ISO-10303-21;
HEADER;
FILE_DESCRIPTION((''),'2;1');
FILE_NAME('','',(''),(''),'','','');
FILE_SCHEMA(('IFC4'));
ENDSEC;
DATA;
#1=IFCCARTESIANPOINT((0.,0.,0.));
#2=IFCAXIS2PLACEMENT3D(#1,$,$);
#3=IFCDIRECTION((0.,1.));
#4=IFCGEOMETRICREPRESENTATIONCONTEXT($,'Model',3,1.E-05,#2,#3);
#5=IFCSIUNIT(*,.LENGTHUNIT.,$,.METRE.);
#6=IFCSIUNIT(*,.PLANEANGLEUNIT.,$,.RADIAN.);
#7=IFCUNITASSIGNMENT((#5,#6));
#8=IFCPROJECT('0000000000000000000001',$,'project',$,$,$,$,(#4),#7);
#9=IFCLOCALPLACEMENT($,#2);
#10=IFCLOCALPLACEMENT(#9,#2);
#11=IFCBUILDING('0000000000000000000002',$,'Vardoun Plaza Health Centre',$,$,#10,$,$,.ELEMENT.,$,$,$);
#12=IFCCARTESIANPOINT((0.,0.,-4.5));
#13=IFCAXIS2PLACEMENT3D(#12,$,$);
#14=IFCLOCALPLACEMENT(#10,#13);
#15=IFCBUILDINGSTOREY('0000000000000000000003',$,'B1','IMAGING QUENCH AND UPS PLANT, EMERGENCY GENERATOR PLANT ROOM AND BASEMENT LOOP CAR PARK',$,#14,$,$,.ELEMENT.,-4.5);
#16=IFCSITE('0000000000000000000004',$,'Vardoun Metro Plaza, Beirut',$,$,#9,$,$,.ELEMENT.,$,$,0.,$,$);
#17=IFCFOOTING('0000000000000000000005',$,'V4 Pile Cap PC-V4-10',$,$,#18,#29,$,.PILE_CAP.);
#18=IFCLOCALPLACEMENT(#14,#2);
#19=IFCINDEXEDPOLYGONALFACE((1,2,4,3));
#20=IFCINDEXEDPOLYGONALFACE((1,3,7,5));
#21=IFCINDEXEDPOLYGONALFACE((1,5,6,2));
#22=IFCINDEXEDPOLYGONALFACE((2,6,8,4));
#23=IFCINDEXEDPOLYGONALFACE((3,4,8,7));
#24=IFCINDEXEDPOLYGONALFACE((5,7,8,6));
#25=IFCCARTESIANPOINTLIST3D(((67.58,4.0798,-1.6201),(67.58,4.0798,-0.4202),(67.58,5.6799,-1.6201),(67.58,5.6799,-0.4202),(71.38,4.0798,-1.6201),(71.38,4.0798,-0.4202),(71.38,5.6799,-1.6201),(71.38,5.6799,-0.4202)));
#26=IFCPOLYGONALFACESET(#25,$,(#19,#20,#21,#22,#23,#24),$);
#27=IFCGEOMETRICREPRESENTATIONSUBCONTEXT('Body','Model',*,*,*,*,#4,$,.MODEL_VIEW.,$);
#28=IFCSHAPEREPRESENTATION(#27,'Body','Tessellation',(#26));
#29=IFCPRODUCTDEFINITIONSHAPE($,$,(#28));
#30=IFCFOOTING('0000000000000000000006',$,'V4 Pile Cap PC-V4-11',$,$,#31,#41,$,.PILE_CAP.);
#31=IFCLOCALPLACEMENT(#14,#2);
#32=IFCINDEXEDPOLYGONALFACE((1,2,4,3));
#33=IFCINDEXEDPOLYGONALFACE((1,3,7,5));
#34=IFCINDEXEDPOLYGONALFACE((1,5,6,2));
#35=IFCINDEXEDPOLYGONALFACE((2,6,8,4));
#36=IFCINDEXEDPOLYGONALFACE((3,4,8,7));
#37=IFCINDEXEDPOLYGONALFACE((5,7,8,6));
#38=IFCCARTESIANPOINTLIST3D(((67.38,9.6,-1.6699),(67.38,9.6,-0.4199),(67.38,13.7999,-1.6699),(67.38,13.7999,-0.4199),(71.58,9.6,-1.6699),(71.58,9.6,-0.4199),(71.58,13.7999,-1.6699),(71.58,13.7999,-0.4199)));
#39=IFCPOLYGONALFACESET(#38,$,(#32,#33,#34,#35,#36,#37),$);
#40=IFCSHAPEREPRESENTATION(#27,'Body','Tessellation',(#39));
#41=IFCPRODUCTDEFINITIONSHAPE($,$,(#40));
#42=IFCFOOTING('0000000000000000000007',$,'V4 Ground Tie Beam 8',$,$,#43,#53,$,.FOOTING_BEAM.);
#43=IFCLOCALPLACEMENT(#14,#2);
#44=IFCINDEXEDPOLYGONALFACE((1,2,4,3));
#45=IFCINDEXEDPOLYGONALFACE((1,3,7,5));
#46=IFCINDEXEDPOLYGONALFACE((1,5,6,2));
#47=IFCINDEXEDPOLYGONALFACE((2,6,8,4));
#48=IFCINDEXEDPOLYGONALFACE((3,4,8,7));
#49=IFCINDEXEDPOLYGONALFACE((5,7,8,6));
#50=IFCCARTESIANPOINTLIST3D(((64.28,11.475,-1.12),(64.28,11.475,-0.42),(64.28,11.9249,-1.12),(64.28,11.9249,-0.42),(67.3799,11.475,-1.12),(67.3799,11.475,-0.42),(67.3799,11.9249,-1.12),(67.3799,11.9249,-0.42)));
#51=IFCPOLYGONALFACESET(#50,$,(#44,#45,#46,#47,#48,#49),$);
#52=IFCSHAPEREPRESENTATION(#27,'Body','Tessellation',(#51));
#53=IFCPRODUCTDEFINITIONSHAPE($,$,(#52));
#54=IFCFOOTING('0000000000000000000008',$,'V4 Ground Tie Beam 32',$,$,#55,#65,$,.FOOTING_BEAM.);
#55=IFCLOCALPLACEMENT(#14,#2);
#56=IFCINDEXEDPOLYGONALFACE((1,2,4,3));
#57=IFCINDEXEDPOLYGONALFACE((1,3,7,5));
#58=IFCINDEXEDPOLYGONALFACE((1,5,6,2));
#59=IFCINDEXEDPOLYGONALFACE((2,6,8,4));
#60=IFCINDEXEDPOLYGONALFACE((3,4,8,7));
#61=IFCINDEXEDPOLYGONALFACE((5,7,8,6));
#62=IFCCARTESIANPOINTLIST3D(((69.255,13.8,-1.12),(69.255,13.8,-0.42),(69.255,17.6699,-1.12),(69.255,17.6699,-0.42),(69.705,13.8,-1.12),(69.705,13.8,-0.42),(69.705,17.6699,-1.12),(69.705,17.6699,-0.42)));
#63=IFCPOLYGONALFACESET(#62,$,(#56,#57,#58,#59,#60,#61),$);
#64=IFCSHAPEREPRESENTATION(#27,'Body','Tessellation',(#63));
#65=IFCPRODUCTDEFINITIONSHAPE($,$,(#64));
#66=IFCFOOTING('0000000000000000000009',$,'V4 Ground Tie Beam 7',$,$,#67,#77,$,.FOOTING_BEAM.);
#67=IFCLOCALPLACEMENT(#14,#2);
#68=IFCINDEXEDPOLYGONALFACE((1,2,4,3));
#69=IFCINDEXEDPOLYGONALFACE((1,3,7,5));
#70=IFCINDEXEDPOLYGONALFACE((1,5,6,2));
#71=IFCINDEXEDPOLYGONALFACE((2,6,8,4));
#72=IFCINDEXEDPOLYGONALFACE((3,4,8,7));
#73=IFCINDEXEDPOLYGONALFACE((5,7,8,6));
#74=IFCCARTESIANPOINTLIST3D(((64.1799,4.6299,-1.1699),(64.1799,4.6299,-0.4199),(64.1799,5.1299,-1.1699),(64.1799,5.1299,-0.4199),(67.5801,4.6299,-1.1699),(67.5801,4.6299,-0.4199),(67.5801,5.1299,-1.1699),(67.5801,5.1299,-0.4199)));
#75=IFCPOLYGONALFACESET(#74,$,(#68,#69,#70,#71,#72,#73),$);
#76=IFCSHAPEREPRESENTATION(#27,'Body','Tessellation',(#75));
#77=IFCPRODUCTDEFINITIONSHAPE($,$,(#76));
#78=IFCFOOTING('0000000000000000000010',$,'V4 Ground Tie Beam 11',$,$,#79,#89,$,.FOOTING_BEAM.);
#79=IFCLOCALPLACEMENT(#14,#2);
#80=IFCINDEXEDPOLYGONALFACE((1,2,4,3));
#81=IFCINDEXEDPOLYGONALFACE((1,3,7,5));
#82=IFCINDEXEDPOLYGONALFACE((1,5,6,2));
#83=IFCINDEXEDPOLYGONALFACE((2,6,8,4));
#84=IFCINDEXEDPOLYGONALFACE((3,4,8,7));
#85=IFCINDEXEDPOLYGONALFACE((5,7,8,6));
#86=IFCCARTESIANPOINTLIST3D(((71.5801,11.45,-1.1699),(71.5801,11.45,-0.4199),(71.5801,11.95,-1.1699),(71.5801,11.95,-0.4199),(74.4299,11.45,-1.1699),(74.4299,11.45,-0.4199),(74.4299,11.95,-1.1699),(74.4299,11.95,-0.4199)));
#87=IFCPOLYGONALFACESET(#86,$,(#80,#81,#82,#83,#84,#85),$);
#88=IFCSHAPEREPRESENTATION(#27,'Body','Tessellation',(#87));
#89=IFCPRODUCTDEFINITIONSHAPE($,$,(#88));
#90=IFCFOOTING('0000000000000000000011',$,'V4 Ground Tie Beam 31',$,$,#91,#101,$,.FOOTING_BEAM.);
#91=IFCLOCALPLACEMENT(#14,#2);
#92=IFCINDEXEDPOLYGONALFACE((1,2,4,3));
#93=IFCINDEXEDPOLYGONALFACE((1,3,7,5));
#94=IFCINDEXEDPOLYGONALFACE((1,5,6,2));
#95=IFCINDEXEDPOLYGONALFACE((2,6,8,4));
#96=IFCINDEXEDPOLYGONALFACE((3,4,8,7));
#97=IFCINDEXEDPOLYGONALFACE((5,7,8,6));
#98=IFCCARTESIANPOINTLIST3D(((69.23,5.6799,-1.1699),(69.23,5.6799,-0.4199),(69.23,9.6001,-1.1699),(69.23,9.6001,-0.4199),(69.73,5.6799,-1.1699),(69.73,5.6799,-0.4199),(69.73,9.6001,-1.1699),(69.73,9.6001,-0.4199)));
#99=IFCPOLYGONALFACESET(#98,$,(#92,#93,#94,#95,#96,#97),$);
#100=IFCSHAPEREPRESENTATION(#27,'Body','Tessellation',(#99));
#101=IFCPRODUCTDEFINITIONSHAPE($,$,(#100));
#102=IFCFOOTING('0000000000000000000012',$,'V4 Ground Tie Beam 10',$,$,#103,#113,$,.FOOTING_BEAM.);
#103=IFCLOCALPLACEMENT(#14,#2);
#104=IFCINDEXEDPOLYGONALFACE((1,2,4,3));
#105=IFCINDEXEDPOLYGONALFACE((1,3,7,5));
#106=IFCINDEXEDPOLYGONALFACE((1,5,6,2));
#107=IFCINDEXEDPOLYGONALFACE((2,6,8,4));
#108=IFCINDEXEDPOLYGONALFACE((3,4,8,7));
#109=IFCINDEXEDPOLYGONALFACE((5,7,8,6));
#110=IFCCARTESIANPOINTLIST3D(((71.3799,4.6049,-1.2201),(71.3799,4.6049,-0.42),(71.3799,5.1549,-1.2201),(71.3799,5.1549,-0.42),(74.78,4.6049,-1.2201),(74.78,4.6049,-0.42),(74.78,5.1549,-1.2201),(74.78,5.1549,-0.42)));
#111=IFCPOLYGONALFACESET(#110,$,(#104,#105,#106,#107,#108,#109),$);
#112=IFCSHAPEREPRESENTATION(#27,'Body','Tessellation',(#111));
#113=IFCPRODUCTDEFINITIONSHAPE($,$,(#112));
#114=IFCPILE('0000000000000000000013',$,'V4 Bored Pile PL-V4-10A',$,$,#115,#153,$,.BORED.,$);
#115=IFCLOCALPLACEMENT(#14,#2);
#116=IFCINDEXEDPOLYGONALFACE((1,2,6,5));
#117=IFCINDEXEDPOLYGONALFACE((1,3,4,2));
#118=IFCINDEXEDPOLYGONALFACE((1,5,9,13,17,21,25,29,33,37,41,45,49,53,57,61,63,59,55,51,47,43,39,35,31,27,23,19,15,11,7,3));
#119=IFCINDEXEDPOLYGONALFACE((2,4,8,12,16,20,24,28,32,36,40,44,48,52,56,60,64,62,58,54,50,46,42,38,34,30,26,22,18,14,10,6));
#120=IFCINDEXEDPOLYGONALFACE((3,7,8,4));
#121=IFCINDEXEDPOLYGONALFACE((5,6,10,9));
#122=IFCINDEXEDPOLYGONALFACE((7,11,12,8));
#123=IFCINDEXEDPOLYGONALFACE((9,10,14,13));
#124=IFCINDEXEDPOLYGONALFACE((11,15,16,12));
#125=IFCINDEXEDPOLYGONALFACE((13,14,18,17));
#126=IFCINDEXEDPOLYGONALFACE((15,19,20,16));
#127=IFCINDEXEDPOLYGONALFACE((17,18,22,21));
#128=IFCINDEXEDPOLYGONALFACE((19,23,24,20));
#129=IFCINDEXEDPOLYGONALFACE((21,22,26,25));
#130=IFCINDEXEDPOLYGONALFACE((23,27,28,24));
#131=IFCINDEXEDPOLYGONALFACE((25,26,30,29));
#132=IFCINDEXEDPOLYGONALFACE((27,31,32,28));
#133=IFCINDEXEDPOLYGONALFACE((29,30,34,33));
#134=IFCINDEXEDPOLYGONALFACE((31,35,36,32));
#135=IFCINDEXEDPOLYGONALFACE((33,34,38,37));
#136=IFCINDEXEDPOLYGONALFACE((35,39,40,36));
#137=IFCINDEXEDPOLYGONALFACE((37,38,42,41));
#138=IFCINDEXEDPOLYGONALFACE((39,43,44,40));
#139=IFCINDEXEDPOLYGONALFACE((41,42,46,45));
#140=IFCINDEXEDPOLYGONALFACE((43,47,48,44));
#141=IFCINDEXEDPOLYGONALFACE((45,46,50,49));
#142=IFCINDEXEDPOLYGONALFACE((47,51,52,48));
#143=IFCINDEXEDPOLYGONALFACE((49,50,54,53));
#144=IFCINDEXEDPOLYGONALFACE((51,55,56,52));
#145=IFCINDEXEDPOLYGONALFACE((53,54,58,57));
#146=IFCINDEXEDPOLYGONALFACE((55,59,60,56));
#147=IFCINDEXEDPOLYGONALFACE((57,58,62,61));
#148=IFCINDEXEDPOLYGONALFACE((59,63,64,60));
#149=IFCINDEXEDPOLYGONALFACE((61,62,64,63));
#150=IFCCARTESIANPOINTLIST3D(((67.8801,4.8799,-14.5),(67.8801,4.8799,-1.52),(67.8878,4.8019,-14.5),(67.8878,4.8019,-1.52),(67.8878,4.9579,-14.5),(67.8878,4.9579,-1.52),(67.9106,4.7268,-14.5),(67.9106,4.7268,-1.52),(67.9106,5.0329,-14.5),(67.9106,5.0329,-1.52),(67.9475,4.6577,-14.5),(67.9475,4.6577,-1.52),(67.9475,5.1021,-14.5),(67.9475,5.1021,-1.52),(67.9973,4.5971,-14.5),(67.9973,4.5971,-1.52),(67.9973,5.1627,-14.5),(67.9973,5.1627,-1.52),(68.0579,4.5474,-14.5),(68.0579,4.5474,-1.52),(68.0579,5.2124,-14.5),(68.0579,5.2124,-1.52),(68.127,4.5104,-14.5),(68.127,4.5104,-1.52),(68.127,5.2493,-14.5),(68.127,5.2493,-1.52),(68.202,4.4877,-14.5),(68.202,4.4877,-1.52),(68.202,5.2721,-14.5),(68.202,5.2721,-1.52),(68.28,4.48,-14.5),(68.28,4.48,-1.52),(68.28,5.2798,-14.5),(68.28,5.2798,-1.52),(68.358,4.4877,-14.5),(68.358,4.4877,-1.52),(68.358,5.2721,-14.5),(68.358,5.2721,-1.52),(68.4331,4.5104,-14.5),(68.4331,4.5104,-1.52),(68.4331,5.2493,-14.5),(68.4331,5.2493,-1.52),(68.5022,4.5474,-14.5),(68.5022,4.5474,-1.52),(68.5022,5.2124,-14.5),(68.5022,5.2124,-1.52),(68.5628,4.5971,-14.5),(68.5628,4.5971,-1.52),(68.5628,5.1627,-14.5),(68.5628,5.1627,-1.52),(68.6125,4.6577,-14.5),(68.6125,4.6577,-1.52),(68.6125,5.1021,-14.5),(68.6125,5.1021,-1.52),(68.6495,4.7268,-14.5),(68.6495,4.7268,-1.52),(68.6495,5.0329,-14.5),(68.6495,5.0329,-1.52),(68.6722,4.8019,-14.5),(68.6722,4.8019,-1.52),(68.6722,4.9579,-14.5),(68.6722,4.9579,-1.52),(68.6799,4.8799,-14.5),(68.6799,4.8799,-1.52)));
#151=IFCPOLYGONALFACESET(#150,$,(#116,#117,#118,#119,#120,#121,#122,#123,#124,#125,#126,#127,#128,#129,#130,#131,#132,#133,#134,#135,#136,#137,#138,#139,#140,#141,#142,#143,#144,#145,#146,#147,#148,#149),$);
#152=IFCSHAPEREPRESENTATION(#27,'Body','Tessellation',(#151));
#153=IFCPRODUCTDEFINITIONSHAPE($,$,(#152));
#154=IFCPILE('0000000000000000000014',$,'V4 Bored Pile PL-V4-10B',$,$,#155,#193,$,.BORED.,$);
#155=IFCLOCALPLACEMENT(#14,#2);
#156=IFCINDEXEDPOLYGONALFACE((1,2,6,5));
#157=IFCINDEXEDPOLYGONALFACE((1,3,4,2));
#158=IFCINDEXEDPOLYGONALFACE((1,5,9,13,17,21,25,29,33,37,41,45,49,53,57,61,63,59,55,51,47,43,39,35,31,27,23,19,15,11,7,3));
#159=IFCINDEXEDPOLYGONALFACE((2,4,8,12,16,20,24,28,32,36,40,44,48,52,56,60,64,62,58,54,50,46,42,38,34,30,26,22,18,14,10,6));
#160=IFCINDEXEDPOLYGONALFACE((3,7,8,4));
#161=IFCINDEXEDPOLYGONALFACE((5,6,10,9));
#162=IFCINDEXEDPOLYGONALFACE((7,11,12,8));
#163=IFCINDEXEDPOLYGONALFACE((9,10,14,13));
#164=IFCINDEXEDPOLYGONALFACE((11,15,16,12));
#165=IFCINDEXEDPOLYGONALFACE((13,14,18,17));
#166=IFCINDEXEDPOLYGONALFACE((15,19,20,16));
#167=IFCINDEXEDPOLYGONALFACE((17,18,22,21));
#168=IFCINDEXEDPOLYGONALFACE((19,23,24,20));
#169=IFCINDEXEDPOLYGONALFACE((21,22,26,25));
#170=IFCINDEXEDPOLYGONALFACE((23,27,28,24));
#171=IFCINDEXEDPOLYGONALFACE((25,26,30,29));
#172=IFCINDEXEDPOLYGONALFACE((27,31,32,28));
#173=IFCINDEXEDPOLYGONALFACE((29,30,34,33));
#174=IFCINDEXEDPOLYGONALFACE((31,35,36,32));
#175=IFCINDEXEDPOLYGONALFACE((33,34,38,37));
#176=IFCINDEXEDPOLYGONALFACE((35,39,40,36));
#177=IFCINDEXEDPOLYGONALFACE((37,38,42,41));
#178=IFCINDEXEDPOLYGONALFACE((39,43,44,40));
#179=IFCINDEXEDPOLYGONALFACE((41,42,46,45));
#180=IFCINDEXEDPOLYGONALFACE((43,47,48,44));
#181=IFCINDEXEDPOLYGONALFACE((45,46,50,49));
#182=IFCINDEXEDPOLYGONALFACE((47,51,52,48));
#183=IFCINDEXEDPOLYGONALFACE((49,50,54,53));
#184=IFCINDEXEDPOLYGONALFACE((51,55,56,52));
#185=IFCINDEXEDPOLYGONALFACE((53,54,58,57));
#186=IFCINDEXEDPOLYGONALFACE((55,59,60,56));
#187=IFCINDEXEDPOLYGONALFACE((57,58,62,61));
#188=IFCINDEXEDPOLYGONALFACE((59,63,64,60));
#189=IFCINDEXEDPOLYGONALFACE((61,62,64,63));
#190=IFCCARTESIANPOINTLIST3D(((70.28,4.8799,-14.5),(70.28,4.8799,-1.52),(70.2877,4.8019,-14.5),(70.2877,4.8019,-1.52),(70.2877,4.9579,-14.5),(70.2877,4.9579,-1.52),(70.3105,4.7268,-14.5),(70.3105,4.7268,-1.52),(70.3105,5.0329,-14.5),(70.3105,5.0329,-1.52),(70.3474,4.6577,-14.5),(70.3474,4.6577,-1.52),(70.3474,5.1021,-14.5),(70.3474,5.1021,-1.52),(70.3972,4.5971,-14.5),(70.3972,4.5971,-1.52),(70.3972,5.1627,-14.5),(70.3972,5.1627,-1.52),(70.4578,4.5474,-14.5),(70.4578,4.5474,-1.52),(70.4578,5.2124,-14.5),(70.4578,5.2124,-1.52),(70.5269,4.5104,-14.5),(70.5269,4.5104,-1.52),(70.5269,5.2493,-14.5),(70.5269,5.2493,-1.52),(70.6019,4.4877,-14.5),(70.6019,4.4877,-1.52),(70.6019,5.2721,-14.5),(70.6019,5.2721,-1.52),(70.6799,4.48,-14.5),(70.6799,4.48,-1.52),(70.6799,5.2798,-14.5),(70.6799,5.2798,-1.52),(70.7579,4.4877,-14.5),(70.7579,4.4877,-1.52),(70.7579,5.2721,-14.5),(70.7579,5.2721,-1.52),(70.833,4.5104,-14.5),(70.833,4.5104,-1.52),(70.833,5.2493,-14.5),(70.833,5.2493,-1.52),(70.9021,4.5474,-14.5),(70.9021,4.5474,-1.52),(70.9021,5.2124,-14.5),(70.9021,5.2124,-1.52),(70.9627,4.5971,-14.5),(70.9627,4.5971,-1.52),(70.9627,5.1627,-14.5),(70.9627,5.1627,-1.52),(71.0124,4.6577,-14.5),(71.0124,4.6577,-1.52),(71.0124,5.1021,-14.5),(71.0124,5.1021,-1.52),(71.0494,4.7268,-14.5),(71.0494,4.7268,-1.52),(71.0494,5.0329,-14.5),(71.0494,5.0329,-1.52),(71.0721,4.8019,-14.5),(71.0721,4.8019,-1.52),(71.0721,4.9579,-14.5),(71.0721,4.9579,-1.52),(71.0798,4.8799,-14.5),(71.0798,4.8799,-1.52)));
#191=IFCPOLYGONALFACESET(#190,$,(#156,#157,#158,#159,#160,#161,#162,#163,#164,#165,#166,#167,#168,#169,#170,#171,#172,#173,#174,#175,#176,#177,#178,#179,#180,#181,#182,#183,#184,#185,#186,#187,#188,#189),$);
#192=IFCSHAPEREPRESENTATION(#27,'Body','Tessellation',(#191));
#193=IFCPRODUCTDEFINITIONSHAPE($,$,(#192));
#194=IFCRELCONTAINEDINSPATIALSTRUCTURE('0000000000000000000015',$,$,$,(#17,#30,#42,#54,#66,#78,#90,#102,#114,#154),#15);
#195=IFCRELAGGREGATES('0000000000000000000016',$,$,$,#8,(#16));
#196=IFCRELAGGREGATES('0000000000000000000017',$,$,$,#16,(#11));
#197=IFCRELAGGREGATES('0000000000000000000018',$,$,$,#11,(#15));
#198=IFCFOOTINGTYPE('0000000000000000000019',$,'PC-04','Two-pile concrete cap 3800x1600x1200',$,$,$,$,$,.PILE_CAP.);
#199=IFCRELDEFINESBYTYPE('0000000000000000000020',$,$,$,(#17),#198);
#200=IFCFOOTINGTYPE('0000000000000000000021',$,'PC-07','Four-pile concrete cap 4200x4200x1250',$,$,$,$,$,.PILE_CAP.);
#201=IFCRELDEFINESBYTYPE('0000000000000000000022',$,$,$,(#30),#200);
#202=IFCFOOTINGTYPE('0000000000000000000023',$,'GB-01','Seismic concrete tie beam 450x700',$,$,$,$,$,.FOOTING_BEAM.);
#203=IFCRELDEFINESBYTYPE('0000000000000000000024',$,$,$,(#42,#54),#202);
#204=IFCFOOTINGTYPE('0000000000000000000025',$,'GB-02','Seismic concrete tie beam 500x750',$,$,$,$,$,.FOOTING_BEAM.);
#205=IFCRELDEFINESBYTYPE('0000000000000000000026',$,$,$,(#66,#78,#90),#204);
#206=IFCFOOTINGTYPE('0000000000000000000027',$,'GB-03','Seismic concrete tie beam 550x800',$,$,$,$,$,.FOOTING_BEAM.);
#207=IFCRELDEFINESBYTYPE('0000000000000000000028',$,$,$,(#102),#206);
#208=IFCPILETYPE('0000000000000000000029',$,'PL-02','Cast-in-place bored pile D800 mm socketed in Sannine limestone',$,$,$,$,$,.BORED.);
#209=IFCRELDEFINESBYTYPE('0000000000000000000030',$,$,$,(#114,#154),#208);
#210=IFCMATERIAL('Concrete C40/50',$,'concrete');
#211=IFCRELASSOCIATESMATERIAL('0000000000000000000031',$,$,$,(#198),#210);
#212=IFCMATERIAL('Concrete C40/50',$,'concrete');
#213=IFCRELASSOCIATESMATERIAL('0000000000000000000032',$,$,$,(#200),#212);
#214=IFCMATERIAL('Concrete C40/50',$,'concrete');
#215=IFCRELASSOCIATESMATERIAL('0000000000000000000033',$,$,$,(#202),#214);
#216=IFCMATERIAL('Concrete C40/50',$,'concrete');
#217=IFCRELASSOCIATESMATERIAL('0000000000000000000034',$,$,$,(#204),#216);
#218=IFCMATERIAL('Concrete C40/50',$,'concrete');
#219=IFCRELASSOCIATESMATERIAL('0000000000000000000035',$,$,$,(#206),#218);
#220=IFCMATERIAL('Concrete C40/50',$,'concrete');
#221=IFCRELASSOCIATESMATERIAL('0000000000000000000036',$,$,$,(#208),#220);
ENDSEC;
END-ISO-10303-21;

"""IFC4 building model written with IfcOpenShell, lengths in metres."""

from ifc_helpers import new_model, si_unit, direction, frame, origin, origin_2d, place, context, subcontext, project, spatial, rectangle, circle, extrude, material, material_profile, profile_set, type_object, element, save


model = new_model("IFC4")

# Units and contexts
model_context = context("Model", 3, precision=1e-05, world=origin(), true_north=direction((0.0, 1.0)))
body_context = subcontext(model_context, "Body", "Model", "MODEL_VIEW")
ifc_project = project(units=[si_unit("LENGTHUNIT", "METRE"), si_unit("PLANEANGLEUNIT", "RADIAN")], contexts=[model_context])

# Site, building, storey
site_placement = place(None, origin())
site = spatial("IfcSite", under=ifc_project, at=site_placement, Name="Vardoun Metro Plaza, Beirut", CompositionType="ELEMENT", RefElevation=0.0)
building_placement = place(site_placement, origin())
building = spatial("IfcBuilding", under=site, at=building_placement, Name="Vardoun Plaza Health Centre", CompositionType="ELEMENT")
storey_placement = place(building_placement, frame((0.0, 0.0, -4.5)))
storey = spatial("IfcBuildingStorey", under=building, at=storey_placement, Name="B1", Description="IMAGING QUENCH AND UPS PLANT, EMERGENCY GENERATOR PLANT ROOM AND BASEMENT LOOP CAR PARK", CompositionType="ELEMENT", Elevation=-4.5)

# Footings
ifc_material_1 = material(Name="Concrete C40/50", Category="concrete")
footing_type_1 = type_object("IfcFootingType", Name="PC-04", Description="Two-pile concrete cap 3800x1600x1200", PredefinedType="PILE_CAP", material=ifc_material_1)
footing_1_placement = place(storey_placement, frame((69.48, 4.8799, -1.6201), z_axis=(0.0, 0.0, 1.0), x_axis=(1.0, 0.0, 0.0)))
element("IfcFooting", 1, at=footing_1_placement, inside=storey, type_object=footing_type_1, Name="V4 Pile Cap PC-V4-10", PredefinedType="PILE_CAP", context=body_context, shape_type="SweptSolid", body=[
    extrude(rectangle(XDim=3.8, YDim=1.6001, at=origin_2d()), origin(), (0.0, 0.0, 1.0), 1.2),
])
ifc_material_2 = material(Name="Concrete C40/50", Category="concrete")
footing_type_2 = type_object("IfcFootingType", Name="PC-07", Description="Four-pile concrete cap 4200x4200x1250", PredefinedType="PILE_CAP", material=ifc_material_2)
footing_2_placement = place(storey_placement, frame((69.48, 11.7, -1.6699), z_axis=(0.0, 0.0, 1.0), x_axis=(1.0, 0.0, 0.0)))
element("IfcFooting", 2, at=footing_2_placement, inside=storey, type_object=footing_type_2, Name="V4 Pile Cap PC-V4-11", PredefinedType="PILE_CAP", context=body_context, shape_type="SweptSolid", body=[
    extrude(rectangle(XDim=4.2, YDim=4.2, at=origin_2d()), origin(), (0.0, 0.0, 1.0), 1.25),
])
ifc_material_3 = material(Name="Concrete C40/50", Category="concrete")
ifc_material_profile_1 = material_profile(ifc_material_3, rectangle(XDim=0.45, YDim=0.7, at=origin_2d()), Name="GB 450x700")
ifc_profile_set_1 = profile_set([ifc_material_profile_1], Name="Concrete C40/50")
footing_type_3 = type_object("IfcFootingType", Name="GB-01", Description="Seismic concrete tie beam 450x700", PredefinedType="FOOTING_BEAM", material=ifc_profile_set_1)
footing_3_placement = place(storey_placement, frame((64.28, 11.7, -0.77), z_axis=(1.0, 0.0, 0.0), x_axis=(0.0, 1.0, 0.0)))
element("IfcFooting", 3, at=footing_3_placement, inside=storey, type_object=footing_type_3, Name="V4 Ground Tie Beam 8", PredefinedType="FOOTING_BEAM", context=body_context, shape_type="SweptSolid", body=[
    extrude(rectangle(XDim=0.45, YDim=0.7, at=origin_2d()), origin(), (0.0, 0.0, 1.0), 3.0999),
])
footing_4_placement = place(storey_placement, frame((69.48, 13.8, -0.77), z_axis=(0.0, 1.0, 0.0), x_axis=(-1.0, 0.0, 0.0)))
element("IfcFooting", 4, at=footing_4_placement, inside=storey, type_object=footing_type_3, Name="V4 Ground Tie Beam 32", PredefinedType="FOOTING_BEAM", context=body_context, shape_type="SweptSolid", body=[
    extrude(rectangle(XDim=0.45, YDim=0.7, at=origin_2d()), origin(), (0.0, 0.0, 1.0), 3.8699),
])
ifc_material_4 = material(Name="Concrete C40/50", Category="concrete")
ifc_material_profile_2 = material_profile(ifc_material_4, rectangle(XDim=0.5, YDim=0.75, at=origin_2d()), Name="GB 500x750")
ifc_profile_set_2 = profile_set([ifc_material_profile_2], Name="Concrete C40/50")
footing_type_4 = type_object("IfcFootingType", Name="GB-02", Description="Seismic concrete tie beam 500x750", PredefinedType="FOOTING_BEAM", material=ifc_profile_set_2)
footing_5_placement = place(storey_placement, frame((64.1799, 4.8799, -0.7949), z_axis=(1.0, 0.0, 0.0), x_axis=(0.0, 1.0, 0.0)))
element("IfcFooting", 5, at=footing_5_placement, inside=storey, type_object=footing_type_4, Name="V4 Ground Tie Beam 7", PredefinedType="FOOTING_BEAM", context=body_context, shape_type="SweptSolid", body=[
    extrude(rectangle(XDim=0.5, YDim=0.75, at=origin_2d()), origin(), (0.0, 0.0, 1.0), 3.4001),
])
footing_6_placement = place(storey_placement, frame((71.5801, 11.7, -0.7949), z_axis=(1.0, 0.0, 0.0), x_axis=(0.0, 1.0, 0.0)))
element("IfcFooting", 6, at=footing_6_placement, inside=storey, type_object=footing_type_4, Name="V4 Ground Tie Beam 11", PredefinedType="FOOTING_BEAM", context=body_context, shape_type="SweptSolid", body=[
    extrude(rectangle(XDim=0.5, YDim=0.75, at=origin_2d()), origin(), (0.0, 0.0, 1.0), 2.8499),
])
footing_7_placement = place(storey_placement, frame((69.48, 5.6799, -0.7949), z_axis=(0.0, 1.0, 0.0), x_axis=(-1.0, 0.0, 0.0)))
element("IfcFooting", 7, at=footing_7_placement, inside=storey, type_object=footing_type_4, Name="V4 Ground Tie Beam 31", PredefinedType="FOOTING_BEAM", context=body_context, shape_type="SweptSolid", body=[
    extrude(rectangle(XDim=0.5, YDim=0.75, at=origin_2d()), origin(), (0.0, 0.0, 1.0), 3.9202),
])
ifc_material_5 = material(Name="Concrete C40/50", Category="concrete")
ifc_material_profile_3 = material_profile(ifc_material_5, rectangle(XDim=0.55, YDim=0.8, at=origin_2d()), Name="GB 550x800")
ifc_profile_set_3 = profile_set([ifc_material_profile_3], Name="Concrete C40/50")
footing_type_5 = type_object("IfcFootingType", Name="GB-03", Description="Seismic concrete tie beam 550x800", PredefinedType="FOOTING_BEAM", material=ifc_profile_set_3)
footing_8_placement = place(storey_placement, frame((71.3799, 4.8799, -0.8201), z_axis=(1.0, 0.0, 0.0), x_axis=(0.0, 1.0, 0.0)))
element("IfcFooting", 8, at=footing_8_placement, inside=storey, type_object=footing_type_5, Name="V4 Ground Tie Beam 10", PredefinedType="FOOTING_BEAM", context=body_context, shape_type="SweptSolid", body=[
    extrude(rectangle(XDim=0.55, YDim=0.8, at=origin_2d()), origin(), (0.0, 0.0, 1.0), 3.4001),
])

# Piles
ifc_material_6 = material(Name="Concrete C40/50", Category="concrete")
ifc_material_profile_4 = material_profile(ifc_material_6, circle(Radius=0.3999, at=origin_2d()), Name="PILE D800")
ifc_profile_set_4 = profile_set([ifc_material_profile_4], Name="Concrete C40/50")
pile_type_1 = type_object("IfcPileType", Name="PL-02", Description="Cast-in-place bored pile D800 mm socketed in Sannine limestone", PredefinedType="BORED", material=ifc_profile_set_4)
for number, where, z_axis, x_axis, name in (
    (9, (68.28, 4.8799, -1.52), (0.0, 0.0, -1.0), (1.0, 0.0, 0.0), "V4 Bored Pile PL-V4-10A"),
    (10, (70.6799, 4.8799, -1.52), (0.0, 0.0, -1.0), (1.0, 0.0, 0.0), "V4 Bored Pile PL-V4-10B"),
):
    element("IfcPile", number, at=place(storey_placement, frame(where, z_axis=z_axis, x_axis=x_axis)), inside=storey, type_object=pile_type_1, Name=name, PredefinedType="BORED", context=body_context, shape_type="SweptSolid", body=[
        extrude(circle(Radius=0.3999, at=origin_2d()), origin(), (0.0, 0.0, 1.0), 12.98),
    ])

save(model, "model.ifc")
